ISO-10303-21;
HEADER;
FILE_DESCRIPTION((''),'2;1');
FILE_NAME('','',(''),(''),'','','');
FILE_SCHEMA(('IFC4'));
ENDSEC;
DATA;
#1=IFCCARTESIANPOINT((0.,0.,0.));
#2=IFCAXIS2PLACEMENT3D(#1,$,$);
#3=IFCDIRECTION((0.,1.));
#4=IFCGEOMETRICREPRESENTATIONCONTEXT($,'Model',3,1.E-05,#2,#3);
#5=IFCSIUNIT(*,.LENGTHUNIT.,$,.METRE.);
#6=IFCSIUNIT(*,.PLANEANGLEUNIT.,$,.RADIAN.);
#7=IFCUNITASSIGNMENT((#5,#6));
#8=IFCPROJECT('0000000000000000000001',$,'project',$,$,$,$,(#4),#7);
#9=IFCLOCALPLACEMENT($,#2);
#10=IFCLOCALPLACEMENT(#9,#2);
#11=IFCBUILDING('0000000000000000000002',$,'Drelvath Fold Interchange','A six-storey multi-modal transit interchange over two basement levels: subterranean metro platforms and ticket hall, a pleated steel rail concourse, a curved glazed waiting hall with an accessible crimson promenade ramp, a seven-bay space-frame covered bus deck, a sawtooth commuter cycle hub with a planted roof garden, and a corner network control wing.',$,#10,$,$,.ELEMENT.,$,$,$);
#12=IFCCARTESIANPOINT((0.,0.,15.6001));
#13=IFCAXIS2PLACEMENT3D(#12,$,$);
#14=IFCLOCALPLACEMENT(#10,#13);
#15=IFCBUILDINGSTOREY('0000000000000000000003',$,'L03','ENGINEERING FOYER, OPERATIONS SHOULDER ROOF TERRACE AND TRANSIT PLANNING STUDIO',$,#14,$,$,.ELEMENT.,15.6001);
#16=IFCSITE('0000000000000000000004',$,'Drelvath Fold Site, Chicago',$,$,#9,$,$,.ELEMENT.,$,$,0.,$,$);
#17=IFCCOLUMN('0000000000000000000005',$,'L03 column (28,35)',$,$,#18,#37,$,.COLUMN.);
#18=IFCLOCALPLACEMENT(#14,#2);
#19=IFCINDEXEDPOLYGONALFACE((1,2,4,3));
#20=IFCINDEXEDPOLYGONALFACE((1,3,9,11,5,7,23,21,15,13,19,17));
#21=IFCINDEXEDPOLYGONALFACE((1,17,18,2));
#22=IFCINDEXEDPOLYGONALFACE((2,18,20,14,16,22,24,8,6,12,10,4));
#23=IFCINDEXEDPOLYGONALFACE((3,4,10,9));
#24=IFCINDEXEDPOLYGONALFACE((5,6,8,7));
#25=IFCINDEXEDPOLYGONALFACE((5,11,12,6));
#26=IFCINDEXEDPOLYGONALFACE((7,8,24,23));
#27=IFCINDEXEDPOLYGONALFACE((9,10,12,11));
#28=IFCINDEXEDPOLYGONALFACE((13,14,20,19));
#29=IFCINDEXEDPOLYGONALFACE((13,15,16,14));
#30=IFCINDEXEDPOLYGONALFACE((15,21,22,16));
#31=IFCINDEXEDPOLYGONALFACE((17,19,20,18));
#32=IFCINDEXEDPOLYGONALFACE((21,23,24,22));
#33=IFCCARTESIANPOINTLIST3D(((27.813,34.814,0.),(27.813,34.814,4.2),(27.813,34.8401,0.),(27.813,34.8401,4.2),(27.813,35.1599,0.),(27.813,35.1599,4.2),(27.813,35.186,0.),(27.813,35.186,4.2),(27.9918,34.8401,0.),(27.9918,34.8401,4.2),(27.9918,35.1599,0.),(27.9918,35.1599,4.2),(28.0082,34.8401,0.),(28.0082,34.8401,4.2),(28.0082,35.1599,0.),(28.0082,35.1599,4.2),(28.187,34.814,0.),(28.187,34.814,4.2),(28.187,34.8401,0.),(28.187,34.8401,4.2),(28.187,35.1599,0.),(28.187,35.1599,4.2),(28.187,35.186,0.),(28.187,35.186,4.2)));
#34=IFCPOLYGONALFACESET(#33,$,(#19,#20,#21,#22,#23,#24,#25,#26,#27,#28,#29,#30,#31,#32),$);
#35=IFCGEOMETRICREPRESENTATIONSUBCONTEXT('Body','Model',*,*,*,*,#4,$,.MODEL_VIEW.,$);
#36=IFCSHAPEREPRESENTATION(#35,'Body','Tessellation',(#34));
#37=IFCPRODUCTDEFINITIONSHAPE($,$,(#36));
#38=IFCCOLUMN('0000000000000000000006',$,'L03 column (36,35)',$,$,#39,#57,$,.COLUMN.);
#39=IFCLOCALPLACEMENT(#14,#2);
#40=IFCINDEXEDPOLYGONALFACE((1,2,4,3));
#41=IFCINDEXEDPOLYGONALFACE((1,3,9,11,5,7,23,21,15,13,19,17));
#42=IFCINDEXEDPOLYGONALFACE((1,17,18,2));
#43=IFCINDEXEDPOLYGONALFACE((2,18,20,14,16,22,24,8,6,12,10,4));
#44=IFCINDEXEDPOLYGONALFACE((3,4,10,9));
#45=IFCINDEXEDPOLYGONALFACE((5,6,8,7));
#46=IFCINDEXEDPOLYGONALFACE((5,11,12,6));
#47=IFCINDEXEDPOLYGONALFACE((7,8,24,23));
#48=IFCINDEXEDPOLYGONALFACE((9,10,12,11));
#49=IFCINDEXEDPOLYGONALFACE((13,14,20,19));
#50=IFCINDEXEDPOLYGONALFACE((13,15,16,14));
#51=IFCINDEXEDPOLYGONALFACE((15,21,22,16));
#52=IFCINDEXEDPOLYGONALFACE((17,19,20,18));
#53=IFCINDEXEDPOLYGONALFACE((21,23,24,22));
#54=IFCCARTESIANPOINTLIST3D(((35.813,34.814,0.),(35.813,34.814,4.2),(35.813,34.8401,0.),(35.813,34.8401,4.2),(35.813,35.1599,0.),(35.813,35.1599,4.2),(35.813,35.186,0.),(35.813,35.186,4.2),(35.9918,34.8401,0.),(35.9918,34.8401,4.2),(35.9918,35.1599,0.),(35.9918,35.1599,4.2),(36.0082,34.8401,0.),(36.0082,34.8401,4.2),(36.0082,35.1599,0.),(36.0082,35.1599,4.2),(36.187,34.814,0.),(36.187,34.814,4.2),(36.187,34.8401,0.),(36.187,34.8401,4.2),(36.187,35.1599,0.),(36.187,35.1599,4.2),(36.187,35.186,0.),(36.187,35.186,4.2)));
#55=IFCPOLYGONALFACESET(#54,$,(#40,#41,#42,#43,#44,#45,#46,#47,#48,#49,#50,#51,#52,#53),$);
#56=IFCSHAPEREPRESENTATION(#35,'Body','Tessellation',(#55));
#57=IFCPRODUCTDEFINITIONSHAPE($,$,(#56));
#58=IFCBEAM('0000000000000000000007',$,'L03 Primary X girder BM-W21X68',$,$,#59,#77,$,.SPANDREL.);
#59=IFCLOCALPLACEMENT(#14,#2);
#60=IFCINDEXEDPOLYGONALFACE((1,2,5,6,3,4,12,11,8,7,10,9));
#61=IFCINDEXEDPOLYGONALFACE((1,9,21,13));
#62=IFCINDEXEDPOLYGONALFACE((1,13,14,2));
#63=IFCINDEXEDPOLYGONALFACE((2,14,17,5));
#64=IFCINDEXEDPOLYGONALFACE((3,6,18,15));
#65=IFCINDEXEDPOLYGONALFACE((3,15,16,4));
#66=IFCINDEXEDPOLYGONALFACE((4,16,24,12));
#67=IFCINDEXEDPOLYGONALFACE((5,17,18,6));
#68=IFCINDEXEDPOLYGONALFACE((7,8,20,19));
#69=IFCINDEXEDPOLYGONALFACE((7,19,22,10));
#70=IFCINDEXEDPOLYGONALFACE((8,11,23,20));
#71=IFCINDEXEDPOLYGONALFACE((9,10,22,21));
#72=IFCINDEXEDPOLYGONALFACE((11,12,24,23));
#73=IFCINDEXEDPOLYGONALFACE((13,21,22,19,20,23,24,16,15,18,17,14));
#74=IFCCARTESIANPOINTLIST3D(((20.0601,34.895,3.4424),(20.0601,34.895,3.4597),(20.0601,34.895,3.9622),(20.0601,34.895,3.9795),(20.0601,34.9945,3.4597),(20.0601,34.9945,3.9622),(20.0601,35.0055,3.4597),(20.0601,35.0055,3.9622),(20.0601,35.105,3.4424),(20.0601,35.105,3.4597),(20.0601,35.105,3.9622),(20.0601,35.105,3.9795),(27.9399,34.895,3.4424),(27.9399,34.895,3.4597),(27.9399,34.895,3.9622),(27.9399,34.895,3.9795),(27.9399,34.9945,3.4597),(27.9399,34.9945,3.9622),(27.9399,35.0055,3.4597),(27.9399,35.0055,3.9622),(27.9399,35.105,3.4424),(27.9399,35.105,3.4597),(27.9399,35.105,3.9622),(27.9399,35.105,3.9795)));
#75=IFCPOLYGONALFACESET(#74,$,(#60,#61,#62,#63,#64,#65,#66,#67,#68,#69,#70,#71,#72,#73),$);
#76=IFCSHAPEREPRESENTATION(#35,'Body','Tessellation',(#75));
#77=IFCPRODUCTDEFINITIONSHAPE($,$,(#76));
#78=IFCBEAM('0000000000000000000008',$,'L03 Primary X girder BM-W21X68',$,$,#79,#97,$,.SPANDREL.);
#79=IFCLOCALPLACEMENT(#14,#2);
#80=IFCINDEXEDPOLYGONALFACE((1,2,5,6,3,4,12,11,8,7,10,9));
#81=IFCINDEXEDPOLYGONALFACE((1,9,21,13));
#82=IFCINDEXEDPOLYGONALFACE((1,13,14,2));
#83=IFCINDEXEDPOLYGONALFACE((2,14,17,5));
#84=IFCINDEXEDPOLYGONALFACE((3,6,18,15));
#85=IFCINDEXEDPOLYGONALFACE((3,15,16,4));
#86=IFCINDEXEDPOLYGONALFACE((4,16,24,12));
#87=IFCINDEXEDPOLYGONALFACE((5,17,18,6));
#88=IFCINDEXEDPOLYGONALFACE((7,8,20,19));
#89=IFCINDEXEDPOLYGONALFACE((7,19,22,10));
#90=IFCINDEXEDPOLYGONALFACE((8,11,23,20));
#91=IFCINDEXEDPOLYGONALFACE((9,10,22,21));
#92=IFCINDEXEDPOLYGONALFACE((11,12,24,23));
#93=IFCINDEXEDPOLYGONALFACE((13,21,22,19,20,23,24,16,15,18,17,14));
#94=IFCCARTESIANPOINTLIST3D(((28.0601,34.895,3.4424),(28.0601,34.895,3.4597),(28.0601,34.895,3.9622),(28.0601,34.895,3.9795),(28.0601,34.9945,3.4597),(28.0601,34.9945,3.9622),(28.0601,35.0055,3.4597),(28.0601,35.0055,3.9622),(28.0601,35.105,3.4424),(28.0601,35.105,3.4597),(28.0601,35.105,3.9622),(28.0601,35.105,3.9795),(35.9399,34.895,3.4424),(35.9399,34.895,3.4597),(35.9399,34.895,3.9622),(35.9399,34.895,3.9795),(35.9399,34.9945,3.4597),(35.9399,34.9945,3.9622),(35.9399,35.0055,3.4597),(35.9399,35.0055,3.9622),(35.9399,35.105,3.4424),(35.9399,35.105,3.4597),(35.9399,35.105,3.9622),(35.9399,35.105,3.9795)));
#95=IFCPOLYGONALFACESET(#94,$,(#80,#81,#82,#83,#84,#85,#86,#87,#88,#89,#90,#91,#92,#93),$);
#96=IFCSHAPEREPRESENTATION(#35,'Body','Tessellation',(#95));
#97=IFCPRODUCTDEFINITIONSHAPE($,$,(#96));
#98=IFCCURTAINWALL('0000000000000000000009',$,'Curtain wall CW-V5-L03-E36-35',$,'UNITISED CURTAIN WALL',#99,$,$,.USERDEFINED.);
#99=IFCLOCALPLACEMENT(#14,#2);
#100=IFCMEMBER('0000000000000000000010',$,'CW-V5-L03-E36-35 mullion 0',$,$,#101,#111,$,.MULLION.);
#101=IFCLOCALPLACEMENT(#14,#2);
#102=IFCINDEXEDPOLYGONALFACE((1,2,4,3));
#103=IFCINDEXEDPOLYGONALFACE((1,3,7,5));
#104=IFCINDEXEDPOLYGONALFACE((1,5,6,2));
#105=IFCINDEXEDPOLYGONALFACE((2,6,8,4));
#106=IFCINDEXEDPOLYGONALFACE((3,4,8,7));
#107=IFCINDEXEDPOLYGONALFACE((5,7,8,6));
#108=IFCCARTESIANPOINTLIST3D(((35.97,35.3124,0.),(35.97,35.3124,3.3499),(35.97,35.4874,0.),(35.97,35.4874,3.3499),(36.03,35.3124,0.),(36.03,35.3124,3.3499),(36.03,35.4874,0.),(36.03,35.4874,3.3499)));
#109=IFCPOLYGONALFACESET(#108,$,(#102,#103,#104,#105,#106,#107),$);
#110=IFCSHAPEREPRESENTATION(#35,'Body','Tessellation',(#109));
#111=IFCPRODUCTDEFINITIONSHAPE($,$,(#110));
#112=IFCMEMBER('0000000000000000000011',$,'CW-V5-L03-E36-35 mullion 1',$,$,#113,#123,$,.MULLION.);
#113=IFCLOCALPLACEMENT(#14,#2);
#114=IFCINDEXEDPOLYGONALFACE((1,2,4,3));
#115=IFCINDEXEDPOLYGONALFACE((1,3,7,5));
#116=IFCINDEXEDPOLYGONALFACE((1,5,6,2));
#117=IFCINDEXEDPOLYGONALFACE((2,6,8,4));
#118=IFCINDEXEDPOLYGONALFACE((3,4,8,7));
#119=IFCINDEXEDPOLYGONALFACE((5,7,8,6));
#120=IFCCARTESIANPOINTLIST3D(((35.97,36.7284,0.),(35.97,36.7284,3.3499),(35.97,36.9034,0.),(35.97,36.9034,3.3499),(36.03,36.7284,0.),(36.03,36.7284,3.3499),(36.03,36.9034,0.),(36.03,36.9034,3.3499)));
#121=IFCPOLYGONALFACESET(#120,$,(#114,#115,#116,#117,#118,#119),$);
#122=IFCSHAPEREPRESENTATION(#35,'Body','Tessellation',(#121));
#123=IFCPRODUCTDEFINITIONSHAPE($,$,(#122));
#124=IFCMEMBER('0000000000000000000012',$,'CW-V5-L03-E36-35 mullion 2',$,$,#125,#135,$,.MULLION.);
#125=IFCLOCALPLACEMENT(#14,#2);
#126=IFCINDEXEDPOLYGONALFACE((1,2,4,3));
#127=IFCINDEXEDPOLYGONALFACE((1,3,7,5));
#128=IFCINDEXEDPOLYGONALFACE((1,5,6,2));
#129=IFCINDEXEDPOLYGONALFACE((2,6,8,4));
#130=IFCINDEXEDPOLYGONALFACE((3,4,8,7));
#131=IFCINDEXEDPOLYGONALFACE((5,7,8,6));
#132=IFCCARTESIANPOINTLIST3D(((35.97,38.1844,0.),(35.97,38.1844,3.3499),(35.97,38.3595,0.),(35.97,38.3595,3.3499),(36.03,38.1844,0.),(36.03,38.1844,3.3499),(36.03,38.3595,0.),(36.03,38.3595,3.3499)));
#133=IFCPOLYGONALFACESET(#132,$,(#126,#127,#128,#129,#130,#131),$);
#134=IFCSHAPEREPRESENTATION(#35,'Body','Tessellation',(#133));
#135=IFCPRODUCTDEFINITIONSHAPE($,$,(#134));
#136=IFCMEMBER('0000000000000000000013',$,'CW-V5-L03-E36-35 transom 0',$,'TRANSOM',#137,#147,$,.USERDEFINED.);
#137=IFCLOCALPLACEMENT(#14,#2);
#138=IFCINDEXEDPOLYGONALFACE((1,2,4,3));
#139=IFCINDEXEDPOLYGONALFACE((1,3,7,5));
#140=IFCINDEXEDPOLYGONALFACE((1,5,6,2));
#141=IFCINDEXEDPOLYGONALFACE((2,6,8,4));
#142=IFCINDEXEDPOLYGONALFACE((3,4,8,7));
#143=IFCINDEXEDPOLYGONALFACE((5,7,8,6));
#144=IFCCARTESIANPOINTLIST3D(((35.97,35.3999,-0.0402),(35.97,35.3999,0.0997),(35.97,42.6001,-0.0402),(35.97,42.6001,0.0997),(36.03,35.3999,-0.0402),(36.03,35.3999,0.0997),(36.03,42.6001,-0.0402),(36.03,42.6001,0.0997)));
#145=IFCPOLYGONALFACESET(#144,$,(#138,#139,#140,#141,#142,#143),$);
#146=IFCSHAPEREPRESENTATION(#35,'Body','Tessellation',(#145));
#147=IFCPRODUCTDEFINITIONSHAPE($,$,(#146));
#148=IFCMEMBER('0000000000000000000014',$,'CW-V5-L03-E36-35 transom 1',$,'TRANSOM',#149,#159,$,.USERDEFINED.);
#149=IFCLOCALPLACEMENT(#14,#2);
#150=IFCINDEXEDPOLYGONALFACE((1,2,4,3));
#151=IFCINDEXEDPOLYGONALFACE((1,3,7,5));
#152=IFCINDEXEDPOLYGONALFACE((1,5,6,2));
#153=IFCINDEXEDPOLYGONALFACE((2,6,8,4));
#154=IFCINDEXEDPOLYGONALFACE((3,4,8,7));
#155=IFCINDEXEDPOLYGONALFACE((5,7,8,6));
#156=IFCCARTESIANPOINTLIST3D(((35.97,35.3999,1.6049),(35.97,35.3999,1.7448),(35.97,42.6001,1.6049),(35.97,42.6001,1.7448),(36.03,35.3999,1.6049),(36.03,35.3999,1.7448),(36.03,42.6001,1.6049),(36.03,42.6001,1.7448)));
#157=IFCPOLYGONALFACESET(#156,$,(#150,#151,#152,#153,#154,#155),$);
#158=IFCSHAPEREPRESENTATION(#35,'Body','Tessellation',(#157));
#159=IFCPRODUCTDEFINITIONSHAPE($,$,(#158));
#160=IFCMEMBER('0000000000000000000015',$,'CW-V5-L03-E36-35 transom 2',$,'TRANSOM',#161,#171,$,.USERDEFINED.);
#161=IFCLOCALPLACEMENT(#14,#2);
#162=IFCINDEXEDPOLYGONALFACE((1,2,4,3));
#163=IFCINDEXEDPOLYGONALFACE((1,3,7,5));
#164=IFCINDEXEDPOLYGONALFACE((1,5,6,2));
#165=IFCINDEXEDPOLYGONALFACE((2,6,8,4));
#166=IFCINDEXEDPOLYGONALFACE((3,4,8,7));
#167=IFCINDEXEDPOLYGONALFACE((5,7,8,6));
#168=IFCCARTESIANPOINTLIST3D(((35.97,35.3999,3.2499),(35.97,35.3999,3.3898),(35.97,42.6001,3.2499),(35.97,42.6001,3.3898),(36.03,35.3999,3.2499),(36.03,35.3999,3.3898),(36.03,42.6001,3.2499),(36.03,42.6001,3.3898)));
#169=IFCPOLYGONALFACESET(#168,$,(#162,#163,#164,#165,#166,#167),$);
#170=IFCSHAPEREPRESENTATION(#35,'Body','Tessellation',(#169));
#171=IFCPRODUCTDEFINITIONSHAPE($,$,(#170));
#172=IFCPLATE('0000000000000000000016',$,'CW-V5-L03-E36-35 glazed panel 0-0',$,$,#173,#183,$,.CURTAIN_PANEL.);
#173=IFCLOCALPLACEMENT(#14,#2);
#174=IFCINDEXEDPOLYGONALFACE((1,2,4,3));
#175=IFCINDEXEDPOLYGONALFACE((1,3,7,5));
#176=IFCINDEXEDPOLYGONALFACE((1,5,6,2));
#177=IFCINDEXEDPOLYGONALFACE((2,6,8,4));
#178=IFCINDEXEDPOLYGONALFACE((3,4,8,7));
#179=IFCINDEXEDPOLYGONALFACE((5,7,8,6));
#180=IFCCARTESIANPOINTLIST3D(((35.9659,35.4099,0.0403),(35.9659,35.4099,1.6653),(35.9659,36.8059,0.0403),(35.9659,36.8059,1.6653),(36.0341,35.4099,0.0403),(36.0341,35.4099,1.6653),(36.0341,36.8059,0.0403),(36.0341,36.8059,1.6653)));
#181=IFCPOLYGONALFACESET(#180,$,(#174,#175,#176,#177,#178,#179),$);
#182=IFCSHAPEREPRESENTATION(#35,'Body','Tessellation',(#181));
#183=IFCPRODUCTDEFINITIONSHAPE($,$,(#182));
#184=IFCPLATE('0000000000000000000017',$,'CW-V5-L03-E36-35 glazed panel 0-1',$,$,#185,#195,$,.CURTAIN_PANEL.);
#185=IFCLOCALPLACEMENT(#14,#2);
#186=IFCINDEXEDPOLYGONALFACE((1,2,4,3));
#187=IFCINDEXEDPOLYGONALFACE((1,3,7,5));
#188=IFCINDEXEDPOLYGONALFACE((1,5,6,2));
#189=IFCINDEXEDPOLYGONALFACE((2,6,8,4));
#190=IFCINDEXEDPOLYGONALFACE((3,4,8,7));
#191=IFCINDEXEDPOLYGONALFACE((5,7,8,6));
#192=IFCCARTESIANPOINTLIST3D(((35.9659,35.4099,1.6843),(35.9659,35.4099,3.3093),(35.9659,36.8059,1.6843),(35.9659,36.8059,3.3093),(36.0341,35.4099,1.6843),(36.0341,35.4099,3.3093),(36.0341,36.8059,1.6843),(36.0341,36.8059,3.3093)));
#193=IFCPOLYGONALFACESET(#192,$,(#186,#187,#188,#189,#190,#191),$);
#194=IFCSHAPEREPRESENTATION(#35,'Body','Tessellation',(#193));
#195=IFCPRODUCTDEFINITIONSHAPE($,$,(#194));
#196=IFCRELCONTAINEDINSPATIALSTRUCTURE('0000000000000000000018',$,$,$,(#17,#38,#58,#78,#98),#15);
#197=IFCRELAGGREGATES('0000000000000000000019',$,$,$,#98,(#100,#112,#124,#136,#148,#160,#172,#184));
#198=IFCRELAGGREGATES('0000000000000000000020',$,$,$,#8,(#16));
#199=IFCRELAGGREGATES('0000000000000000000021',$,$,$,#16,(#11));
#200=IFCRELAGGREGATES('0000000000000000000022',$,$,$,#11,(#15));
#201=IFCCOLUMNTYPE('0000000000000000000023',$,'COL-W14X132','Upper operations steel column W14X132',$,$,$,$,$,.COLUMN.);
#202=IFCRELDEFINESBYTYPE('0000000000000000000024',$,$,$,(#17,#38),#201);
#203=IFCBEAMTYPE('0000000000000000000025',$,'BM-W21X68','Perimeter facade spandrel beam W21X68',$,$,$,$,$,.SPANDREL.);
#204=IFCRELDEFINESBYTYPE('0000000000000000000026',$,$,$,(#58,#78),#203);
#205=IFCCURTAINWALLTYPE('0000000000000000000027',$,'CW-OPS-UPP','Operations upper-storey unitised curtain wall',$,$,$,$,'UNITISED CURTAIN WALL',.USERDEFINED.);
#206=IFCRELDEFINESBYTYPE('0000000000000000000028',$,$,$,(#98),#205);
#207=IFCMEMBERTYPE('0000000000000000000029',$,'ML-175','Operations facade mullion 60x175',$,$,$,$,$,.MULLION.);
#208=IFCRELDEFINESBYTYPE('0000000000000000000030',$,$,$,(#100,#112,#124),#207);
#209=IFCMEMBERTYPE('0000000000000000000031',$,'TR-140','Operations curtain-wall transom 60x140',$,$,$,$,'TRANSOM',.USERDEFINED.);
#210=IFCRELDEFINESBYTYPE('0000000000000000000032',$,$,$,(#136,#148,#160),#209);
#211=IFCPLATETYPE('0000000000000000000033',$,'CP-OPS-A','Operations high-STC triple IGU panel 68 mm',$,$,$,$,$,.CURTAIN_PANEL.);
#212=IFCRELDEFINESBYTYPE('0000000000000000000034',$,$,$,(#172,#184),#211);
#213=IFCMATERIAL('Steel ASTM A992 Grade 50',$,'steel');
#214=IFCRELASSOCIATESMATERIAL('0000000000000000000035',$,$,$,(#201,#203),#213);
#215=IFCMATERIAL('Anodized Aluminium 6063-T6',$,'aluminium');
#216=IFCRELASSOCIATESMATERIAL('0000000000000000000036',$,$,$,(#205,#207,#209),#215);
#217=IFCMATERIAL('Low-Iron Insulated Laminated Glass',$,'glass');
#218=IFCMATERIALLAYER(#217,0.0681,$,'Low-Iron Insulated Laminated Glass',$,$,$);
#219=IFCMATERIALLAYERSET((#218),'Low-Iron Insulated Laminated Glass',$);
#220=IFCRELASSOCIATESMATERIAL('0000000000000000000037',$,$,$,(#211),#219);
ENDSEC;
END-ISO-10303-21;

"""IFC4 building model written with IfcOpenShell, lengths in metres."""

from ifc_helpers import new_model, si_unit, direction, frame, origin, origin_2d, place, context, subcontext, project, spatial, rectangle, i_section, extrude, material, layer, layer_set, material_profile, profile_set, type_object, element, aggregate, save


model = new_model("IFC4")

# Units and contexts
model_context = context("Model", 3, precision=1e-05, world=origin(), true_north=direction((0.0, 1.0)))
body_context = subcontext(model_context, "Body", "Model", "MODEL_VIEW")
ifc_project = project(units=[si_unit("LENGTHUNIT", "METRE"), si_unit("PLANEANGLEUNIT", "RADIAN")], contexts=[model_context])

# Site, building, storey
site_placement = place(None, origin())
site = spatial("IfcSite", under=ifc_project, at=site_placement, Name="Drelvath Fold Site, Chicago", CompositionType="ELEMENT", RefElevation=0.0)
building_placement = place(site_placement, origin())
building = spatial("IfcBuilding", under=site, at=building_placement, Name="Drelvath Fold Interchange", Description="A six-storey multi-modal transit interchange over two basement levels: subterranean metro platforms and ticket hall, a pleated steel rail concourse, a curved glazed waiting hall with an accessible crimson promenade ramp, a seven-bay space-frame covered bus deck, a sawtooth commuter cycle hub with a planted roof garden, and a corner network control wing.", CompositionType="ELEMENT")
storey_placement = place(building_placement, frame((0.0, 0.0, 15.6001)))
storey = spatial("IfcBuildingStorey", under=building, at=storey_placement, Name="L03", Description="ENGINEERING FOYER, OPERATIONS SHOULDER ROOF TERRACE AND TRANSIT PLANNING STUDIO", CompositionType="ELEMENT", Elevation=15.6001)

# Columns
ifc_material_1 = material(Name="Steel ASTM A992 Grade 50", Category="steel")
ifc_material_profile_1 = material_profile(ifc_material_1, i_section(OverallWidth=0.374, OverallDepth=0.3721, WebThickness=0.0164, FlangeThickness=0.0261, at=origin_2d()), Name="W14X132")
ifc_profile_set_1 = profile_set([ifc_material_profile_1], Name="Steel ASTM A992 Grade 50")
column_type = type_object("IfcColumnType", Name="COL-W14X132", Description="Upper operations steel column W14X132", PredefinedType="COLUMN", material=ifc_profile_set_1)
for number, where, z_axis, x_axis, name in (
    (1, (28.0, 35.0, 0.0), (0.0, 0.0, 1.0), (1.0, 0.0, 0.0), "L03 column (28,35)"),
    (2, (36.0, 35.0, 0.0), (0.0, 0.0, 1.0), (1.0, 0.0, 0.0), "L03 column (36,35)"),
):
    element("IfcColumn", number, at=place(storey_placement, frame(where, z_axis=z_axis, x_axis=x_axis)), inside=storey, type_object=column_type, Name=name, PredefinedType="COLUMN", context=body_context, shape_type="SweptSolid", body=[
        extrude(i_section(OverallWidth=0.374, OverallDepth=0.3721, WebThickness=0.0164, FlangeThickness=0.0261, at=origin_2d()), origin(), (0.0, 0.0, 1.0), 4.2),
    ])

# Beams
ifc_material_profile_2 = material_profile(ifc_material_1, i_section(OverallWidth=0.21, OverallDepth=0.5371, WebThickness=0.011, FlangeThickness=0.0173, at=origin_2d()), Name="W21X68")
ifc_profile_set_2 = profile_set([ifc_material_profile_2], Name="Steel ASTM A992 Grade 50")
beam_type = type_object("IfcBeamType", Name="BM-W21X68", Description="Perimeter facade spandrel beam W21X68", PredefinedType="SPANDREL", material=ifc_profile_set_2)
for number, where, z_axis, x_axis, name in (
    (3, (20.0601, 35.0, 3.7109), (1.0, 0.0, 0.0), (0.0, 1.0, 0.0), "L03 Primary X girder BM-W21X68"),
    (4, (28.0601, 35.0, 3.7109), (1.0, 0.0, 0.0), (0.0, 1.0, 0.0), "L03 Primary X girder BM-W21X68"),
):
    element("IfcBeam", number, at=place(storey_placement, frame(where, z_axis=z_axis, x_axis=x_axis)), inside=storey, type_object=beam_type, Name=name, PredefinedType="SPANDREL", context=body_context, shape_type="SweptSolid", body=[
        extrude(i_section(OverallWidth=0.21, OverallDepth=0.5371, WebThickness=0.011, FlangeThickness=0.0173, at=origin_2d()), origin(), (0.0, 0.0, 1.0), 7.8799),
    ])

# Curtain wall, members, plates
ifc_material_2 = material(Name="Anodized Aluminium 6063-T6", Category="aluminium")
curtain_wall_type = type_object("IfcCurtainWallType", Name="CW-OPS-UPP", Description="Operations upper-storey unitised curtain wall", ElementType="UNITISED CURTAIN WALL", PredefinedType="USERDEFINED", material=ifc_material_2)
curtain_wall_placement = place(storey_placement, origin())
curtain_wall = element("IfcCurtainWall", 5, at=curtain_wall_placement, inside=storey, type_object=curtain_wall_type, Name="Curtain wall CW-V5-L03-E36-35", ObjectType="UNITISED CURTAIN WALL", PredefinedType="USERDEFINED")
ifc_material_profile_3 = material_profile(ifc_material_2, rectangle(XDim=0.0601, YDim=0.175, at=origin_2d()), Name="AL-M 60x175")
ifc_profile_set_3 = profile_set([ifc_material_profile_3], Name="Anodized Aluminium 6063-T6")
member_type_1 = type_object("IfcMemberType", Name="ML-175", Description="Operations facade mullion 60x175", PredefinedType="MULLION", material=ifc_profile_set_3)
member_1_placement = place(storey_placement, frame((36.0, 35.3999, 0.0), z_axis=(0.0, 0.0, 1.0), x_axis=(1.0, 0.0, 0.0)))
member_1 = element("IfcMember", 6, at=member_1_placement, type_object=member_type_1, Name="CW-V5-L03-E36-35 mullion 0", PredefinedType="MULLION", context=body_context, shape_type="SweptSolid", body=[
    extrude(rectangle(XDim=0.0601, YDim=0.175, at=origin_2d()), origin(), (0.0, 0.0, 1.0), 3.3499),
])
member_2_placement = place(storey_placement, frame((36.0, 36.8159, 0.0), z_axis=(0.0, 0.0, 1.0), x_axis=(1.0, 0.0, 0.0)))
member_2 = element("IfcMember", 7, at=member_2_placement, type_object=member_type_1, Name="CW-V5-L03-E36-35 mullion 1", PredefinedType="MULLION", context=body_context, shape_type="SweptSolid", body=[
    extrude(rectangle(XDim=0.0601, YDim=0.175, at=origin_2d()), origin(), (0.0, 0.0, 1.0), 3.3499),
])
member_3_placement = place(storey_placement, frame((36.0, 38.272, 0.0), z_axis=(0.0, 0.0, 1.0), x_axis=(1.0, 0.0, 0.0)))
member_3 = element("IfcMember", 8, at=member_3_placement, type_object=member_type_1, Name="CW-V5-L03-E36-35 mullion 2", PredefinedType="MULLION", context=body_context, shape_type="SweptSolid", body=[
    extrude(rectangle(XDim=0.0601, YDim=0.175, at=origin_2d()), origin(), (0.0, 0.0, 1.0), 3.3499),
])
ifc_material_profile_4 = material_profile(ifc_material_2, rectangle(XDim=0.0601, YDim=0.1399, at=origin_2d()), Name="AL-T 60x140")
ifc_profile_set_4 = profile_set([ifc_material_profile_4], Name="Anodized Aluminium 6063-T6")
member_type_2 = type_object("IfcMemberType", Name="TR-140", Description="Operations curtain-wall transom 60x140", ElementType="TRANSOM", PredefinedType="USERDEFINED", material=ifc_profile_set_4)
member_4_placement = place(storey_placement, frame((36.0, 35.3999, 0.0298), z_axis=(0.0, 1.0, 0.0), x_axis=(-1.0, 0.0, 0.0)))
member_4 = element("IfcMember", 9, at=member_4_placement, type_object=member_type_2, Name="CW-V5-L03-E36-35 transom 0", ObjectType="TRANSOM", PredefinedType="USERDEFINED", context=body_context, shape_type="SweptSolid", body=[
    extrude(rectangle(XDim=0.0601, YDim=0.1399, at=origin_2d()), origin(), (0.0, 0.0, 1.0), 7.2002),
])
member_5_placement = place(storey_placement, frame((36.0, 35.3999, 1.6748), z_axis=(0.0, 1.0, 0.0), x_axis=(-1.0, 0.0, 0.0)))
member_5 = element("IfcMember", 10, at=member_5_placement, type_object=member_type_2, Name="CW-V5-L03-E36-35 transom 1", ObjectType="TRANSOM", PredefinedType="USERDEFINED", context=body_context, shape_type="SweptSolid", body=[
    extrude(rectangle(XDim=0.0601, YDim=0.1399, at=origin_2d()), origin(), (0.0, 0.0, 1.0), 7.2002),
])
member_6_placement = place(storey_placement, frame((36.0, 35.3999, 3.3198), z_axis=(0.0, 1.0, 0.0), x_axis=(-1.0, 0.0, 0.0)))
member_6 = element("IfcMember", 11, at=member_6_placement, type_object=member_type_2, Name="CW-V5-L03-E36-35 transom 2", ObjectType="TRANSOM", PredefinedType="USERDEFINED", context=body_context, shape_type="SweptSolid", body=[
    extrude(rectangle(XDim=0.0601, YDim=0.1399, at=origin_2d()), origin(), (0.0, 0.0, 1.0), 7.2002),
])
ifc_material_3 = material(Name="Low-Iron Insulated Laminated Glass", Category="glass")
ifc_layer_1 = layer(ifc_material_3, 0.0681, Name="Low-Iron Insulated Laminated Glass")
ifc_layer_set_1 = layer_set([ifc_layer_1], Name="Low-Iron Insulated Laminated Glass")
plate_type = type_object("IfcPlateType", Name="CP-OPS-A", Description="Operations high-STC triple IGU panel 68 mm", PredefinedType="CURTAIN_PANEL", material=ifc_layer_set_1)
plate_1_placement = place(storey_placement, frame((36.0, 36.1079, 0.0403), z_axis=(0.0, 0.0, 1.0), x_axis=(0.0, 1.0, 0.0)))
plate_1 = element("IfcPlate", 12, at=plate_1_placement, type_object=plate_type, Name="CW-V5-L03-E36-35 glazed panel 0-0", PredefinedType="CURTAIN_PANEL", context=body_context, shape_type="SweptSolid", body=[
    extrude(rectangle(XDim=1.396, YDim=0.0681, at=origin_2d()), origin(), (0.0, 0.0, 1.0), 1.625),
])
plate_2_placement = place(storey_placement, frame((36.0, 36.1079, 1.6843), z_axis=(0.0, 0.0, 1.0), x_axis=(0.0, 1.0, 0.0)))
plate_2 = element("IfcPlate", 13, at=plate_2_placement, type_object=plate_type, Name="CW-V5-L03-E36-35 glazed panel 0-1", PredefinedType="CURTAIN_PANEL", context=body_context, shape_type="SweptSolid", body=[
    extrude(rectangle(XDim=1.396, YDim=0.0681, at=origin_2d()), origin(), (0.0, 0.0, 1.0), 1.625),
])
aggregate(curtain_wall, [member_1, member_2, member_3, member_4, member_5, member_6, plate_1, plate_2])

save(model, "model.ifc")
